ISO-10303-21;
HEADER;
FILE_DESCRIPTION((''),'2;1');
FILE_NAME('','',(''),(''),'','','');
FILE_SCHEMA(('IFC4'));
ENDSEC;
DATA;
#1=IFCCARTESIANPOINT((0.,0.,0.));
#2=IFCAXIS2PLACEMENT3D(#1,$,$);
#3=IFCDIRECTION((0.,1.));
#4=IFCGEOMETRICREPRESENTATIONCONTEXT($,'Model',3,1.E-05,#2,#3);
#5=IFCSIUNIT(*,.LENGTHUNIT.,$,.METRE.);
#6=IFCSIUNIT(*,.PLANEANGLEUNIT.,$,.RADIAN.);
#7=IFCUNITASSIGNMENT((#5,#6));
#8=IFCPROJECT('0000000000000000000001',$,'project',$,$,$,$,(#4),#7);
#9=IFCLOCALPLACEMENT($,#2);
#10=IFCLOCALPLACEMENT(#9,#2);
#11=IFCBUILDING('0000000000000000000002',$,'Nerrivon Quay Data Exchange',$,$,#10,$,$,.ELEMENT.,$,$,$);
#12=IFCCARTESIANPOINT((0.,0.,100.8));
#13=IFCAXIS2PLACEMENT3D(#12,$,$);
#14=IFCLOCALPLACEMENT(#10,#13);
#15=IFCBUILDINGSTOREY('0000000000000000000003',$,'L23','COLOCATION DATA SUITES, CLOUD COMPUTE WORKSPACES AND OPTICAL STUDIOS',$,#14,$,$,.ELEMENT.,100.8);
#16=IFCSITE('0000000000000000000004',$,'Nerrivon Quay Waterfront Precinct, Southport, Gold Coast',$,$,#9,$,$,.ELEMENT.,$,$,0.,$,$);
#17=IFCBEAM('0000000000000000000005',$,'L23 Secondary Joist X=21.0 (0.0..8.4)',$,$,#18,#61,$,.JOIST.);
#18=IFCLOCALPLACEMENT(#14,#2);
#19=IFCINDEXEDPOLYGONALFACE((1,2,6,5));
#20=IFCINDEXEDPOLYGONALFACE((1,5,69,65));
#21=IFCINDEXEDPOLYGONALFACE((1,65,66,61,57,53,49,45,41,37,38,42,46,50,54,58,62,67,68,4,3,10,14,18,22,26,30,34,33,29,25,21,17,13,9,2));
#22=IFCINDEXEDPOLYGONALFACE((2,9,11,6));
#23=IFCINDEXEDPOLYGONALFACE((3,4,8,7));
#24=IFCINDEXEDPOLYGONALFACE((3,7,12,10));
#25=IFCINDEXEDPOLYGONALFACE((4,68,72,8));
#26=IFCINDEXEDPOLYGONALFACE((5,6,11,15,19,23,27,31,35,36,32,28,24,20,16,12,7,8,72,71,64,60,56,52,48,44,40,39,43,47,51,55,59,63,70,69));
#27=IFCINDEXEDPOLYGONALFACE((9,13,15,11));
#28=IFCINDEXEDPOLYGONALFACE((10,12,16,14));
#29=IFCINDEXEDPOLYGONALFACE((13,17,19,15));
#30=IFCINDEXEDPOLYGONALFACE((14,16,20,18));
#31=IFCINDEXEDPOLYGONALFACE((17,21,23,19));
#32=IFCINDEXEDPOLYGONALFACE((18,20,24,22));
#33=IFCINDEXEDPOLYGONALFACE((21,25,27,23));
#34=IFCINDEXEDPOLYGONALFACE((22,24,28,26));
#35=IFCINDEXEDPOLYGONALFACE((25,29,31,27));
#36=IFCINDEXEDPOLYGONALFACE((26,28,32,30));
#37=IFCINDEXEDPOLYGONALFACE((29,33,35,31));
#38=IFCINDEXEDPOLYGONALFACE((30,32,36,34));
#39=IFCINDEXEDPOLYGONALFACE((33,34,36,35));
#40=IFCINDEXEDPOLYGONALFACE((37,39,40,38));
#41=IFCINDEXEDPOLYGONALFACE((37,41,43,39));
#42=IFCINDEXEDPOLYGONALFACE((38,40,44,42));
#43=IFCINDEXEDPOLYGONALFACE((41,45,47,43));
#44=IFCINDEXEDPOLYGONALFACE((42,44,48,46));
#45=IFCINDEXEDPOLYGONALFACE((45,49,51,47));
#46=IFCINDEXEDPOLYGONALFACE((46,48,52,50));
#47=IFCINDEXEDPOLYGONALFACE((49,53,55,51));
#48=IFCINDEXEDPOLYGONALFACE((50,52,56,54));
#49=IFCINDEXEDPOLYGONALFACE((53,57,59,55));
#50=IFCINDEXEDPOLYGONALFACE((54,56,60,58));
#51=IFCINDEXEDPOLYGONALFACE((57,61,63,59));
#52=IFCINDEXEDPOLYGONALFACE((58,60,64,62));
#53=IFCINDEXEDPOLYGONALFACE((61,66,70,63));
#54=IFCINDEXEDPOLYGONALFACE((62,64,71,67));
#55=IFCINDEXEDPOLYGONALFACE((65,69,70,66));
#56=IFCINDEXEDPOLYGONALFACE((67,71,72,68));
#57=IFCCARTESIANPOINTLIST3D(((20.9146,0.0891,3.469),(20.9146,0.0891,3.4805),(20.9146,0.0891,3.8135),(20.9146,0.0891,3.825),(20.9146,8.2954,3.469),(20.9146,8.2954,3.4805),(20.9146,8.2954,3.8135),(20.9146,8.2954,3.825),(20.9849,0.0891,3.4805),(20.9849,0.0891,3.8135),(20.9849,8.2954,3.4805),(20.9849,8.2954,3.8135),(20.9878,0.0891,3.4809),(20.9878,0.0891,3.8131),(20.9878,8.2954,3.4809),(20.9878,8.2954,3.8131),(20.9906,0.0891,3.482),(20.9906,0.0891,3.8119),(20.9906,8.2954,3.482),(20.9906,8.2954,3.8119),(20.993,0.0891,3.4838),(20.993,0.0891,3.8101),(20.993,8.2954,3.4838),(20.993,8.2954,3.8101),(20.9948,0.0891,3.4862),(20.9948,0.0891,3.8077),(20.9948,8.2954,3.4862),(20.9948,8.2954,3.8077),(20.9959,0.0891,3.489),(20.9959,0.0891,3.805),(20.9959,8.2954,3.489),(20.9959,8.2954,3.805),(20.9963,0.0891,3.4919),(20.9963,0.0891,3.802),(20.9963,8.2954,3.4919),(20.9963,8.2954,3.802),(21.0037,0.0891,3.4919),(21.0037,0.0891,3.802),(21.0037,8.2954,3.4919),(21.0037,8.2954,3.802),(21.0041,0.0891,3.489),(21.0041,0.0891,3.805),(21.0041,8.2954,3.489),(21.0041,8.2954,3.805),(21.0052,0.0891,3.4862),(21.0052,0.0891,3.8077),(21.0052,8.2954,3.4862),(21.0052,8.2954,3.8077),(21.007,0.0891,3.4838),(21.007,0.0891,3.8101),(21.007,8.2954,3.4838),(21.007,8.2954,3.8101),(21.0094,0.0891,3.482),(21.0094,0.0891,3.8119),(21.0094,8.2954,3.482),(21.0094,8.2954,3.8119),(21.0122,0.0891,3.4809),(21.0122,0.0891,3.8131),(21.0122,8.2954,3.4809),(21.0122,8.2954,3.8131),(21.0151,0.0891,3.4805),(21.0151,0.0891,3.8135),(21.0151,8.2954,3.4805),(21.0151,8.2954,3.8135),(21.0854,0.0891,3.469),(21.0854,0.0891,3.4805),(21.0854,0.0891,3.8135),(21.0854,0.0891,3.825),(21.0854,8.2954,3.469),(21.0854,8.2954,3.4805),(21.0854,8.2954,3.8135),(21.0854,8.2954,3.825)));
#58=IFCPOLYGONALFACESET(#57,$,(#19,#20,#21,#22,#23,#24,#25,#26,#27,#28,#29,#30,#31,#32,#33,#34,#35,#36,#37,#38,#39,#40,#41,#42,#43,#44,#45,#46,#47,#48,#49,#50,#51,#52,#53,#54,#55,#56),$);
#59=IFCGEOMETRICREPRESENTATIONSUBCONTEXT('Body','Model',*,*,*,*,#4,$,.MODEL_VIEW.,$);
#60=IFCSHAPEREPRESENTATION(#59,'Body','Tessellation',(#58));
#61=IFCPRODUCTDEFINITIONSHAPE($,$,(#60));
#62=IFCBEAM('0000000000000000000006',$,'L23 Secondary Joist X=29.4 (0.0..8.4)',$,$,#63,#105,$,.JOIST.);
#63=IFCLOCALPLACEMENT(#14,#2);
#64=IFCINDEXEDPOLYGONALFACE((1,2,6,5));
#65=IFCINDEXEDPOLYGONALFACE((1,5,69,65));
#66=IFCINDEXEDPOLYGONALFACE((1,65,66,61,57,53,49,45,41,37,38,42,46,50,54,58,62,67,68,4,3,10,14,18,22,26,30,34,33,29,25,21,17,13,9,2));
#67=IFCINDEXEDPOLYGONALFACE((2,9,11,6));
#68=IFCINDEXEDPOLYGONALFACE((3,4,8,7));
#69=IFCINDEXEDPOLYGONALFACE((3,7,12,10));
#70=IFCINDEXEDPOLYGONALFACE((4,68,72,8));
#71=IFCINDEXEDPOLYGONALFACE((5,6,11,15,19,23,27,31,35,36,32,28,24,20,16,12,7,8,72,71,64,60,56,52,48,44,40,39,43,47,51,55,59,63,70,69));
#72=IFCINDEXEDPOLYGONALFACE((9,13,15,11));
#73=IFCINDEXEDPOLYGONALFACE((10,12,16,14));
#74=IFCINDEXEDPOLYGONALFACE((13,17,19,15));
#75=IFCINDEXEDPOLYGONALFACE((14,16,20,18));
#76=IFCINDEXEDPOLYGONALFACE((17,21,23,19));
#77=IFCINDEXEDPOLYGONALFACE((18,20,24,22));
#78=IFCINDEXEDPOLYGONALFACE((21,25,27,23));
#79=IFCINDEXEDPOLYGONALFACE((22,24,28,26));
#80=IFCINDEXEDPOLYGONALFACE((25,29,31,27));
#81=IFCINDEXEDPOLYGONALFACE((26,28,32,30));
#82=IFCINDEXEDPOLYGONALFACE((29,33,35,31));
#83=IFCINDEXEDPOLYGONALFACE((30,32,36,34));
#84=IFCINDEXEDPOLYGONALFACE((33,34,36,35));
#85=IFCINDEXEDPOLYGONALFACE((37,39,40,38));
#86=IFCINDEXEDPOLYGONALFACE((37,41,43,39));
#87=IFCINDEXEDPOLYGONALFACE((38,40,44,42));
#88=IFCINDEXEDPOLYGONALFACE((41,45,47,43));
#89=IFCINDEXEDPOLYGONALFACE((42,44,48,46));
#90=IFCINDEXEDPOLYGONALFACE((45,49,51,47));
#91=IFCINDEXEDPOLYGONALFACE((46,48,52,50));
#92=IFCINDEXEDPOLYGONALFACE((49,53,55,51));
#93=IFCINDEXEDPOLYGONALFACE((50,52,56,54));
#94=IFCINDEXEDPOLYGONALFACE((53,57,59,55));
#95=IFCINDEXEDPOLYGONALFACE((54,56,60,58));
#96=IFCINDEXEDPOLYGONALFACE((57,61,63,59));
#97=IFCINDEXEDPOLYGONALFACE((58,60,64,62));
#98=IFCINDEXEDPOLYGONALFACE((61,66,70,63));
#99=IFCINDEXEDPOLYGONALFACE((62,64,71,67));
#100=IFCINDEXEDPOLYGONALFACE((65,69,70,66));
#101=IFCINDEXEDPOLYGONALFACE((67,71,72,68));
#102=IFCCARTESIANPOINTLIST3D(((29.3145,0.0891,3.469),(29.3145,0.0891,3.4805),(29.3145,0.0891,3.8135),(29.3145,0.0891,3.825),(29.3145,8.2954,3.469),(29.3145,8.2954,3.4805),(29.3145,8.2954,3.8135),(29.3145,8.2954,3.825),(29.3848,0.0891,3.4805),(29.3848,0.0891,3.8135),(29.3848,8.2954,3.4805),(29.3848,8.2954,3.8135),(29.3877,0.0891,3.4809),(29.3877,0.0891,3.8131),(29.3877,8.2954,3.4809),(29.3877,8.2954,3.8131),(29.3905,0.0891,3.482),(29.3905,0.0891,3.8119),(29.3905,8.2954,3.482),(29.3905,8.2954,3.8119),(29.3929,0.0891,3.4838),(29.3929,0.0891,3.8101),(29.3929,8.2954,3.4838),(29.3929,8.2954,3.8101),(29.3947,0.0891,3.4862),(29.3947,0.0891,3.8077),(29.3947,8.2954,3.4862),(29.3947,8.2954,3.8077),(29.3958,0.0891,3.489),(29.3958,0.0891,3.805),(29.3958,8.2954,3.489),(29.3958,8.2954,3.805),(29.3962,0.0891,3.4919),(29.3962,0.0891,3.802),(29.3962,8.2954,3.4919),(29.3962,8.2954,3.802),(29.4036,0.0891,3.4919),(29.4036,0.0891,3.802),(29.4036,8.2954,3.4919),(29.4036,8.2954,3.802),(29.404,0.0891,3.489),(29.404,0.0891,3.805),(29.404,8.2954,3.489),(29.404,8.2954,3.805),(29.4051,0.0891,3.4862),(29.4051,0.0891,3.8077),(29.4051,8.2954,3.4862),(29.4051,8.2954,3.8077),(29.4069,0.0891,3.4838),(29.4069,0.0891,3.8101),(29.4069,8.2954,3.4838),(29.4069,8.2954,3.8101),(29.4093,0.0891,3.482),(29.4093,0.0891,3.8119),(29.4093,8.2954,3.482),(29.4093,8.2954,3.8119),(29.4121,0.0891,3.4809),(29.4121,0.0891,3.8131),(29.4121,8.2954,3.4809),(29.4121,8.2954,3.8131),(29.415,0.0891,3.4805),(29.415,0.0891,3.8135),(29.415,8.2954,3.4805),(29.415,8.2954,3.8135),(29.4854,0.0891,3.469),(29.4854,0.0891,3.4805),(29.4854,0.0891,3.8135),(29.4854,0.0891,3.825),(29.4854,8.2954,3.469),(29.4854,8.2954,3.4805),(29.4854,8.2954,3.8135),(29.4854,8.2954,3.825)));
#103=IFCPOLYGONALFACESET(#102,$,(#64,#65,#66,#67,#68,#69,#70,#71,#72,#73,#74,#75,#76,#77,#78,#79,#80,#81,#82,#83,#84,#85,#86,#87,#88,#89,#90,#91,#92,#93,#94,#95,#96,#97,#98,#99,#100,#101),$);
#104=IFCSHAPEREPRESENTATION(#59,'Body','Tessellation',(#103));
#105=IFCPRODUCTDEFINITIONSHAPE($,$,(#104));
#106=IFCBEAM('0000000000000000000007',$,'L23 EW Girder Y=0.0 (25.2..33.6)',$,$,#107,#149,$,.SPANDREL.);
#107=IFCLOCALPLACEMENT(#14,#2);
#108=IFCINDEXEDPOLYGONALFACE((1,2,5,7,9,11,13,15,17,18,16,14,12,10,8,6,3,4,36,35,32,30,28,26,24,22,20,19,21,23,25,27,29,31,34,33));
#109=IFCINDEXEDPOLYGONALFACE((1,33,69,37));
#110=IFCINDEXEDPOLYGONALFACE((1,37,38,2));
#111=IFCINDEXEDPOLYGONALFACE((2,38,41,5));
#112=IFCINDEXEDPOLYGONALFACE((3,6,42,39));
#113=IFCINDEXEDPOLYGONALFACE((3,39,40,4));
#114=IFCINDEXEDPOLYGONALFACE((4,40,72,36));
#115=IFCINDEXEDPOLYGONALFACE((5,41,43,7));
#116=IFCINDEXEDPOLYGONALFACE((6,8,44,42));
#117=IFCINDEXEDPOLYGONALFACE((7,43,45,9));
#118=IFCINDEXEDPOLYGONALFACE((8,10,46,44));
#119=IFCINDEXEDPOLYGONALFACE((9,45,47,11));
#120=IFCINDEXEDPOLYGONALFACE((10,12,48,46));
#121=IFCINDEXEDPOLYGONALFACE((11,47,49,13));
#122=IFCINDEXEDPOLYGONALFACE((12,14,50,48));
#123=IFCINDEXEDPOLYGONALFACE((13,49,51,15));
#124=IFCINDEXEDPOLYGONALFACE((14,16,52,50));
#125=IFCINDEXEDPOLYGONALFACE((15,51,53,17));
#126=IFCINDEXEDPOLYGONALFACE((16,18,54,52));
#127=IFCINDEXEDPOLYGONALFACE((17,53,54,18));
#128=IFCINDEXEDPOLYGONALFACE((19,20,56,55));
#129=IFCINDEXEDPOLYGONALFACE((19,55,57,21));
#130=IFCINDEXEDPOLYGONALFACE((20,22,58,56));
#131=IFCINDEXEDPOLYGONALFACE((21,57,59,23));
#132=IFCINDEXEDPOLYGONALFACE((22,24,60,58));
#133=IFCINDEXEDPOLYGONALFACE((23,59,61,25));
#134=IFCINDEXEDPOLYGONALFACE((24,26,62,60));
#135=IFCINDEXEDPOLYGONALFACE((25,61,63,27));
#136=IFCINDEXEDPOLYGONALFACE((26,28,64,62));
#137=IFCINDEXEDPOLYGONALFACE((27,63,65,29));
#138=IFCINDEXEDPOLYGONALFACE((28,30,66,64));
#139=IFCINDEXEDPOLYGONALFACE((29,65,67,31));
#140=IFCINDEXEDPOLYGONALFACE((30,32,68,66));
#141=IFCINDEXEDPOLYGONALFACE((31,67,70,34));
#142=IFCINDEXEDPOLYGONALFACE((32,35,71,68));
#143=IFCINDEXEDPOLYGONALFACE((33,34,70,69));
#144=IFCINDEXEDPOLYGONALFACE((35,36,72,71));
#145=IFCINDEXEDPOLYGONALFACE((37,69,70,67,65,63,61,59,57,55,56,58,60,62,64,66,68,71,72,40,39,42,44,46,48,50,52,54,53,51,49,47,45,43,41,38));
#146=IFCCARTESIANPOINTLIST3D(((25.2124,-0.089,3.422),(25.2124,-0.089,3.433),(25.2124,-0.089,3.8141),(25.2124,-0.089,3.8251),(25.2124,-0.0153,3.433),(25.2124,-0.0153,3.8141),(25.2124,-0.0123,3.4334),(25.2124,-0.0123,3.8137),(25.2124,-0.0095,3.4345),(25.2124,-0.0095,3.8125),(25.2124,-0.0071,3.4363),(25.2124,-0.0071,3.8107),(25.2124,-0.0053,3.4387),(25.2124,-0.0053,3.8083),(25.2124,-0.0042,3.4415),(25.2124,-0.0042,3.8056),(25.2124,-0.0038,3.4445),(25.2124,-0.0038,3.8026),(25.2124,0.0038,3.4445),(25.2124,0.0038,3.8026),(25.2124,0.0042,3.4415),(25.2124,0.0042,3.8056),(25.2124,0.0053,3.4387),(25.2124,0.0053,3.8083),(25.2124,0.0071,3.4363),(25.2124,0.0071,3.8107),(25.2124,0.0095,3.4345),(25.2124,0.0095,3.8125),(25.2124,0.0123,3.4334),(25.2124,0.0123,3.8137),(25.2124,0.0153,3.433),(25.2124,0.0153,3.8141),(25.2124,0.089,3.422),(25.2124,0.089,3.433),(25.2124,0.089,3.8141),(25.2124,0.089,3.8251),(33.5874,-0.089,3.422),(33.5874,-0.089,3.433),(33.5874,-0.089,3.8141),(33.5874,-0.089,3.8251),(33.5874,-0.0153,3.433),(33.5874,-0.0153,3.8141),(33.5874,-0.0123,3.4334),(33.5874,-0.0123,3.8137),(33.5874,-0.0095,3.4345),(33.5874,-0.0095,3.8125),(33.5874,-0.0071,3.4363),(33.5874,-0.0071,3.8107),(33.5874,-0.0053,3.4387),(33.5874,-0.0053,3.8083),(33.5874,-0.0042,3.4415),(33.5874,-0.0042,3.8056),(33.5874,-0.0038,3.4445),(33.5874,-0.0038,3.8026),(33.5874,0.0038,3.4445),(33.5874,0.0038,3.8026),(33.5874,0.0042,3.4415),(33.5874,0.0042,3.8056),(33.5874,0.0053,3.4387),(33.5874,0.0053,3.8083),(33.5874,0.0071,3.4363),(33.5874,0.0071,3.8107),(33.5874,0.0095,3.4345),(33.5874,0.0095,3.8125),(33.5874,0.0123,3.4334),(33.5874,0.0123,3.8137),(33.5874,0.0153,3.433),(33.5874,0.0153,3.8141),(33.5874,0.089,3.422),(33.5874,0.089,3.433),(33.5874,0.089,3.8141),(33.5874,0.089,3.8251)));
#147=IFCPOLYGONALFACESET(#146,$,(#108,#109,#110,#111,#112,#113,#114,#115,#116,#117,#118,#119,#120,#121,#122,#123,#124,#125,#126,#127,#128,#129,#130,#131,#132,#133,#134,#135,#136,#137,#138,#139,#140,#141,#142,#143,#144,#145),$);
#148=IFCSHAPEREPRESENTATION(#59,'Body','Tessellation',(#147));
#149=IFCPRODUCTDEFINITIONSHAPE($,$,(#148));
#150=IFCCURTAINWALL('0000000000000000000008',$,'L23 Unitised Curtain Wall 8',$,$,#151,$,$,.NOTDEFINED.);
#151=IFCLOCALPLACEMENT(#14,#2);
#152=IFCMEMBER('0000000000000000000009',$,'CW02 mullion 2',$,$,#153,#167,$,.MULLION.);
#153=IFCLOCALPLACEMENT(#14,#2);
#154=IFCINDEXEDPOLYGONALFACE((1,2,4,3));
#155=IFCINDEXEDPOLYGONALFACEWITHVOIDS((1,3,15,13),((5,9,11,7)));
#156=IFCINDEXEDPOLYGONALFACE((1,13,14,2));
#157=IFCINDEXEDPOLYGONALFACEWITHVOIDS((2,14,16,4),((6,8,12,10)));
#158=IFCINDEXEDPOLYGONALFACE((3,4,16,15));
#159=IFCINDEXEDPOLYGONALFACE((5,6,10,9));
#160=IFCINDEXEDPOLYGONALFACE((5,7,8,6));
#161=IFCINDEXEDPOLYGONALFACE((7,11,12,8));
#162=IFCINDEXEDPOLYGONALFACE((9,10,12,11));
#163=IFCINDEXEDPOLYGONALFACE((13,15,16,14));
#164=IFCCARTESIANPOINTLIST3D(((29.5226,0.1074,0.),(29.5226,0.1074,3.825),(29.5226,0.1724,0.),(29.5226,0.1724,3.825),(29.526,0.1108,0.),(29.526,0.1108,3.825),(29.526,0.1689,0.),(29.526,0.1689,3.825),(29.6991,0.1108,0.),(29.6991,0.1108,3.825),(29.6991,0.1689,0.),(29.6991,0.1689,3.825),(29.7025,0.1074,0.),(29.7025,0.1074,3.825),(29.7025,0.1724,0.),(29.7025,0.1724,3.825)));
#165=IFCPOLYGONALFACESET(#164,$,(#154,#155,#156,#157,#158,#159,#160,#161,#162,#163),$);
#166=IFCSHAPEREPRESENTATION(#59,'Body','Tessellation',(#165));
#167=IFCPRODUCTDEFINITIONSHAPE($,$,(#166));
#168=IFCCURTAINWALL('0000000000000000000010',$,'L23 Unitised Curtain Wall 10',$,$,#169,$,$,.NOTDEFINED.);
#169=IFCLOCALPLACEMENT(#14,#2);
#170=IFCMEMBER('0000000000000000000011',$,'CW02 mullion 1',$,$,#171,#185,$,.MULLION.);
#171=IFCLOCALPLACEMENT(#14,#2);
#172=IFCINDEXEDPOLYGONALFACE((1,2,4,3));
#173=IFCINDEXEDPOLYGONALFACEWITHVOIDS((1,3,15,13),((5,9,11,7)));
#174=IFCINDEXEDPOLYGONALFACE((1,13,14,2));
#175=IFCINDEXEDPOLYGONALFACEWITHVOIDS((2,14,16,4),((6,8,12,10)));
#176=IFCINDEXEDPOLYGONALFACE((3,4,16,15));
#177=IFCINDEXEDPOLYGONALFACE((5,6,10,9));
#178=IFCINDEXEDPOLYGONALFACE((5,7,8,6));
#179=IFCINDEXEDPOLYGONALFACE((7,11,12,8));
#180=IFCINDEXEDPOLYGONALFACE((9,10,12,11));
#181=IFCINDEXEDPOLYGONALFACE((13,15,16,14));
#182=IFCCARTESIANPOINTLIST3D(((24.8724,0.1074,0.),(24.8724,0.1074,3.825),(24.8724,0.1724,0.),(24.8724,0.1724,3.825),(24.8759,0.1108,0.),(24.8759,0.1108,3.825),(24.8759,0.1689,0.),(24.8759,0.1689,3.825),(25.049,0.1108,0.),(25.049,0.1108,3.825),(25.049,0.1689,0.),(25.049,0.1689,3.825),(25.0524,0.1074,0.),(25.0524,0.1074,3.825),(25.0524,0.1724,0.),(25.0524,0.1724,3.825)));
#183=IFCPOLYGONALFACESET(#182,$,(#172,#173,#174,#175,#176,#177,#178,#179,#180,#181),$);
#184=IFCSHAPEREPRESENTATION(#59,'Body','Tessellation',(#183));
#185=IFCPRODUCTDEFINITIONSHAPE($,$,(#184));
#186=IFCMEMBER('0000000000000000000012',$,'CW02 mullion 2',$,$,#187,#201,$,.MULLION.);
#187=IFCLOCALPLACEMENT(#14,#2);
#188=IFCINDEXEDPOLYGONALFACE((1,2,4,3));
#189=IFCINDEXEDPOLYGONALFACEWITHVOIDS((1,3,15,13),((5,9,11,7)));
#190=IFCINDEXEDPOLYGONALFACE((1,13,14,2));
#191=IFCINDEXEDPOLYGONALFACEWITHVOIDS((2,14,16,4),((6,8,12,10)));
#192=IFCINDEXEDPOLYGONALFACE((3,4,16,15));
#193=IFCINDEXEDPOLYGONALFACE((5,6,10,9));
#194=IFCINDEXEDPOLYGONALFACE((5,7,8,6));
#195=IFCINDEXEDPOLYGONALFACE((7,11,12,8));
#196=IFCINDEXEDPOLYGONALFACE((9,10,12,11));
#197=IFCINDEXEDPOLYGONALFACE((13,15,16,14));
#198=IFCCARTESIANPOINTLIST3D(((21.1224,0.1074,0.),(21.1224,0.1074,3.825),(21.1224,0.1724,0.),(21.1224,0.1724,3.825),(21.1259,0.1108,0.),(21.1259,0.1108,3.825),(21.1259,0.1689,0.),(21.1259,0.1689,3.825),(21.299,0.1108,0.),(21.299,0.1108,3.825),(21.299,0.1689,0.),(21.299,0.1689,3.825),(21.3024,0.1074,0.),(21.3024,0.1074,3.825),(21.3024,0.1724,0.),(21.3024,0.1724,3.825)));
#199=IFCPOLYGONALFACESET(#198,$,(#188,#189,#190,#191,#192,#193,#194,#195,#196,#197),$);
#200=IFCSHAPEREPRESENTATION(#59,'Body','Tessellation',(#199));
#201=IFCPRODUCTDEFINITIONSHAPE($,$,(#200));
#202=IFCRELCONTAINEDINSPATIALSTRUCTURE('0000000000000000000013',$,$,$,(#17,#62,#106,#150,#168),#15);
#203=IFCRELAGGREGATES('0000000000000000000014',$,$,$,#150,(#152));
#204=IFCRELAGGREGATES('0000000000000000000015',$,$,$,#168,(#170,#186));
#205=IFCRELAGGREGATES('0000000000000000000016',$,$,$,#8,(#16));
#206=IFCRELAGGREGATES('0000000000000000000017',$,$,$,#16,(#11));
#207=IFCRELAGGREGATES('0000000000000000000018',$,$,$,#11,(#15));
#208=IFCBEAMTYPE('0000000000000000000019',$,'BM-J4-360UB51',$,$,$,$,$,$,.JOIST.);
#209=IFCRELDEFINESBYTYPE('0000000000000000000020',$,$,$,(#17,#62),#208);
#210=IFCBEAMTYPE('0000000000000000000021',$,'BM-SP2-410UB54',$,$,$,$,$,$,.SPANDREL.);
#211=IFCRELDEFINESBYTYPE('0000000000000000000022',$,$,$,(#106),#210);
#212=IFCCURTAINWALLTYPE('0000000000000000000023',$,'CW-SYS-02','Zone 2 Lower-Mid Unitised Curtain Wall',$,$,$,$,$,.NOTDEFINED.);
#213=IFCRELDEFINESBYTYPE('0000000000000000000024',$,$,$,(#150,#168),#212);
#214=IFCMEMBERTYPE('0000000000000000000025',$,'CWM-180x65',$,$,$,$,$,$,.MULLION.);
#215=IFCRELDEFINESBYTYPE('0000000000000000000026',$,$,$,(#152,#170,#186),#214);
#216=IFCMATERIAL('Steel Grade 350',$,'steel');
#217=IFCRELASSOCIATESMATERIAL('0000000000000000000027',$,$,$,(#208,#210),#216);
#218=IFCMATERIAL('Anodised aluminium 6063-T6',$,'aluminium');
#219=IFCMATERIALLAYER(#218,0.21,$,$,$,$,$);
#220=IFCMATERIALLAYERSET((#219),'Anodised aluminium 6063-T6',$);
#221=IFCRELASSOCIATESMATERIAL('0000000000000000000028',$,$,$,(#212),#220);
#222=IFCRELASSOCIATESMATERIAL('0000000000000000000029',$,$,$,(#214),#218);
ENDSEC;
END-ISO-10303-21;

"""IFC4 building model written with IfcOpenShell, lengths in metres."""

from ifc_helpers import new_model, si_unit, direction, frame, origin, origin_2d, place, context, subcontext, project, spatial, hollow_rectangle, i_section, extrude, material, layer, layer_set, material_profile, profile_set, type_object, element, aggregate, save


model = new_model("IFC4")

# Units and contexts
model_context = context("Model", 3, precision=1e-05, world=origin(), true_north=direction((0.0, 1.0)))
body_context = subcontext(model_context, "Body", "Model", "MODEL_VIEW")
ifc_project = project(units=[si_unit("LENGTHUNIT", "METRE"), si_unit("PLANEANGLEUNIT", "RADIAN")], contexts=[model_context])

# Site, building, storey
site_placement = place(None, origin())
site = spatial("IfcSite", under=ifc_project, at=site_placement, Name="Nerrivon Quay Waterfront Precinct, Southport, Gold Coast", CompositionType="ELEMENT", RefElevation=0.0)
building_placement = place(site_placement, origin())
building = spatial("IfcBuilding", under=site, at=building_placement, Name="Nerrivon Quay Data Exchange", CompositionType="ELEMENT")
storey_placement = place(building_placement, frame((0.0, 0.0, 100.8)))
storey = spatial("IfcBuildingStorey", under=building, at=storey_placement, Name="L23", Description="COLOCATION DATA SUITES, CLOUD COMPUTE WORKSPACES AND OPTICAL STUDIOS", CompositionType="ELEMENT", Elevation=100.8)

# Shared definitions
ifc_material_1 = material(Name="Steel Grade 350", Category="steel")

# Beams
ifc_material_profile_1 = material_profile(ifc_material_1, i_section(OverallWidth=0.1709, OverallDepth=0.356, WebThickness=0.0073, FlangeThickness=0.0115, FilletRadius=0.0115, at=origin_2d()), Name="360UB50.7")
ifc_profile_set_1 = profile_set([ifc_material_profile_1], Name="Steel Grade 350")
beam_type_1 = type_object("IfcBeamType", Name="BM-J4-360UB51", PredefinedType="JOIST", material=ifc_profile_set_1)
for number, where, z_axis, x_axis, name in (
    (1, (21.0, 0.0891, 3.647), (0.0, 1.0, 0.0), (-1.0, 0.0, 0.0), "L23 Secondary Joist X=21.0 (0.0..8.4)"),
    (2, (29.3999, 0.0891, 3.647), (0.0, 1.0, 0.0), (-1.0, 0.0, 0.0), "L23 Secondary Joist X=29.4 (0.0..8.4)"),
):
    element("IfcBeam", number, at=place(storey_placement, frame(where, z_axis=z_axis, x_axis=x_axis)), inside=storey, type_object=beam_type_1, Name=name, PredefinedType="JOIST", context=body_context, shape_type="SweptSolid", body=[
        extrude(i_section(OverallWidth=0.1709, OverallDepth=0.356, WebThickness=0.0073, FlangeThickness=0.0115, FilletRadius=0.0115, at=origin_2d()), origin(), (0.0, 0.0, 1.0), 8.2063),
    ])
ifc_material_profile_2 = material_profile(ifc_material_1, i_section(OverallWidth=0.178, OverallDepth=0.4031, WebThickness=0.0076, FlangeThickness=0.011, FilletRadius=0.0115, at=origin_2d()), Name="410UB53.7")
ifc_profile_set_2 = profile_set([ifc_material_profile_2], Name="Steel Grade 350")
beam_type_2 = type_object("IfcBeamType", Name="BM-SP2-410UB54", PredefinedType="SPANDREL", material=ifc_profile_set_2)
beam_1_placement = place(storey_placement, frame((25.2124, 0.0, 3.6235), z_axis=(1.0, 0.0, 0.0), x_axis=(0.0, 1.0, 0.0)))
element("IfcBeam", 3, at=beam_1_placement, inside=storey, type_object=beam_type_2, Name="L23 EW Girder Y=0.0 (25.2..33.6)", PredefinedType="SPANDREL", context=body_context, shape_type="SweptSolid", body=[
    extrude(i_section(OverallWidth=0.178, OverallDepth=0.4031, WebThickness=0.0076, FlangeThickness=0.011, FilletRadius=0.0115, at=origin_2d()), origin(), (0.0, 0.0, 1.0), 8.375),
])

# Curtain wall, member
ifc_material_2 = material(Name="Anodised aluminium 6063-T6", Category="aluminium")
ifc_layer_1 = layer(ifc_material_2, 0.21)
ifc_layer_set_1 = layer_set([ifc_layer_1], Name="Anodised aluminium 6063-T6")
curtain_wall_type = type_object("IfcCurtainWallType", Name="CW-SYS-02", Description="Zone 2 Lower-Mid Unitised Curtain Wall", PredefinedType="NOTDEFINED", material=ifc_layer_set_1)
curtain_wall_1_placement = place(storey_placement, origin())
curtain_wall_1 = element("IfcCurtainWall", 4, at=curtain_wall_1_placement, inside=storey, type_object=curtain_wall_type, Name="L23 Unitised Curtain Wall 8", PredefinedType="NOTDEFINED")
ifc_material_profile_3 = material_profile(ifc_material_2, hollow_rectangle(XDim=0.0649, YDim=0.1799, WallThickness=0.0034, at=origin_2d()), Name="ALU-MULL-180x65")
ifc_profile_set_3 = profile_set([ifc_material_profile_3], Name="Anodised aluminium 6063-T6")
member_type_1 = type_object("IfcMemberType", Name="CWM-180x65", PredefinedType="MULLION", material=ifc_profile_set_3)
member_1_placement = place(storey_placement, frame((29.6125, 0.1399, 0.0), z_axis=(0.0, 0.0, 1.0), x_axis=(0.0, -1.0, 0.0)))
member_1 = element("IfcMember", 5, at=member_1_placement, type_object=member_type_1, Name="CW02 mullion 2", PredefinedType="MULLION", context=body_context, shape_type="SweptSolid", body=[
    extrude(hollow_rectangle(XDim=0.0649, YDim=0.1799, WallThickness=0.0034, at=origin_2d()), origin(), (0.0, 0.0, 1.0), 3.825),
])

# Curtain wall, members
curtain_wall_2_placement = place(storey_placement, origin())
curtain_wall_2 = element("IfcCurtainWall", 6, at=curtain_wall_2_placement, inside=storey, type_object=curtain_wall_type, Name="L23 Unitised Curtain Wall 10", PredefinedType="NOTDEFINED")
member_2_placement = place(storey_placement, frame((24.9624, 0.1399, 0.0), z_axis=(0.0, 0.0, 1.0), x_axis=(0.0, -1.0, 0.0)))
member_2 = element("IfcMember", 7, at=member_2_placement, type_object=member_type_1, Name="CW02 mullion 1", PredefinedType="MULLION", context=body_context, shape_type="SweptSolid", body=[
    extrude(hollow_rectangle(XDim=0.0649, YDim=0.1799, WallThickness=0.0034, at=origin_2d()), origin(), (0.0, 0.0, 1.0), 3.825),
])
member_3_placement = place(storey_placement, frame((21.2124, 0.1399, 0.0), z_axis=(0.0, 0.0, 1.0), x_axis=(0.0, -1.0, 0.0)))
member_3 = element("IfcMember", 8, at=member_3_placement, type_object=member_type_1, Name="CW02 mullion 2", PredefinedType="MULLION", context=body_context, shape_type="SweptSolid", body=[
    extrude(hollow_rectangle(XDim=0.0649, YDim=0.1799, WallThickness=0.0034, at=origin_2d()), origin(), (0.0, 0.0, 1.0), 3.825),
])

aggregate(curtain_wall_1, [member_1])
aggregate(curtain_wall_2, [member_2, member_3])

save(model, "model.ifc")
